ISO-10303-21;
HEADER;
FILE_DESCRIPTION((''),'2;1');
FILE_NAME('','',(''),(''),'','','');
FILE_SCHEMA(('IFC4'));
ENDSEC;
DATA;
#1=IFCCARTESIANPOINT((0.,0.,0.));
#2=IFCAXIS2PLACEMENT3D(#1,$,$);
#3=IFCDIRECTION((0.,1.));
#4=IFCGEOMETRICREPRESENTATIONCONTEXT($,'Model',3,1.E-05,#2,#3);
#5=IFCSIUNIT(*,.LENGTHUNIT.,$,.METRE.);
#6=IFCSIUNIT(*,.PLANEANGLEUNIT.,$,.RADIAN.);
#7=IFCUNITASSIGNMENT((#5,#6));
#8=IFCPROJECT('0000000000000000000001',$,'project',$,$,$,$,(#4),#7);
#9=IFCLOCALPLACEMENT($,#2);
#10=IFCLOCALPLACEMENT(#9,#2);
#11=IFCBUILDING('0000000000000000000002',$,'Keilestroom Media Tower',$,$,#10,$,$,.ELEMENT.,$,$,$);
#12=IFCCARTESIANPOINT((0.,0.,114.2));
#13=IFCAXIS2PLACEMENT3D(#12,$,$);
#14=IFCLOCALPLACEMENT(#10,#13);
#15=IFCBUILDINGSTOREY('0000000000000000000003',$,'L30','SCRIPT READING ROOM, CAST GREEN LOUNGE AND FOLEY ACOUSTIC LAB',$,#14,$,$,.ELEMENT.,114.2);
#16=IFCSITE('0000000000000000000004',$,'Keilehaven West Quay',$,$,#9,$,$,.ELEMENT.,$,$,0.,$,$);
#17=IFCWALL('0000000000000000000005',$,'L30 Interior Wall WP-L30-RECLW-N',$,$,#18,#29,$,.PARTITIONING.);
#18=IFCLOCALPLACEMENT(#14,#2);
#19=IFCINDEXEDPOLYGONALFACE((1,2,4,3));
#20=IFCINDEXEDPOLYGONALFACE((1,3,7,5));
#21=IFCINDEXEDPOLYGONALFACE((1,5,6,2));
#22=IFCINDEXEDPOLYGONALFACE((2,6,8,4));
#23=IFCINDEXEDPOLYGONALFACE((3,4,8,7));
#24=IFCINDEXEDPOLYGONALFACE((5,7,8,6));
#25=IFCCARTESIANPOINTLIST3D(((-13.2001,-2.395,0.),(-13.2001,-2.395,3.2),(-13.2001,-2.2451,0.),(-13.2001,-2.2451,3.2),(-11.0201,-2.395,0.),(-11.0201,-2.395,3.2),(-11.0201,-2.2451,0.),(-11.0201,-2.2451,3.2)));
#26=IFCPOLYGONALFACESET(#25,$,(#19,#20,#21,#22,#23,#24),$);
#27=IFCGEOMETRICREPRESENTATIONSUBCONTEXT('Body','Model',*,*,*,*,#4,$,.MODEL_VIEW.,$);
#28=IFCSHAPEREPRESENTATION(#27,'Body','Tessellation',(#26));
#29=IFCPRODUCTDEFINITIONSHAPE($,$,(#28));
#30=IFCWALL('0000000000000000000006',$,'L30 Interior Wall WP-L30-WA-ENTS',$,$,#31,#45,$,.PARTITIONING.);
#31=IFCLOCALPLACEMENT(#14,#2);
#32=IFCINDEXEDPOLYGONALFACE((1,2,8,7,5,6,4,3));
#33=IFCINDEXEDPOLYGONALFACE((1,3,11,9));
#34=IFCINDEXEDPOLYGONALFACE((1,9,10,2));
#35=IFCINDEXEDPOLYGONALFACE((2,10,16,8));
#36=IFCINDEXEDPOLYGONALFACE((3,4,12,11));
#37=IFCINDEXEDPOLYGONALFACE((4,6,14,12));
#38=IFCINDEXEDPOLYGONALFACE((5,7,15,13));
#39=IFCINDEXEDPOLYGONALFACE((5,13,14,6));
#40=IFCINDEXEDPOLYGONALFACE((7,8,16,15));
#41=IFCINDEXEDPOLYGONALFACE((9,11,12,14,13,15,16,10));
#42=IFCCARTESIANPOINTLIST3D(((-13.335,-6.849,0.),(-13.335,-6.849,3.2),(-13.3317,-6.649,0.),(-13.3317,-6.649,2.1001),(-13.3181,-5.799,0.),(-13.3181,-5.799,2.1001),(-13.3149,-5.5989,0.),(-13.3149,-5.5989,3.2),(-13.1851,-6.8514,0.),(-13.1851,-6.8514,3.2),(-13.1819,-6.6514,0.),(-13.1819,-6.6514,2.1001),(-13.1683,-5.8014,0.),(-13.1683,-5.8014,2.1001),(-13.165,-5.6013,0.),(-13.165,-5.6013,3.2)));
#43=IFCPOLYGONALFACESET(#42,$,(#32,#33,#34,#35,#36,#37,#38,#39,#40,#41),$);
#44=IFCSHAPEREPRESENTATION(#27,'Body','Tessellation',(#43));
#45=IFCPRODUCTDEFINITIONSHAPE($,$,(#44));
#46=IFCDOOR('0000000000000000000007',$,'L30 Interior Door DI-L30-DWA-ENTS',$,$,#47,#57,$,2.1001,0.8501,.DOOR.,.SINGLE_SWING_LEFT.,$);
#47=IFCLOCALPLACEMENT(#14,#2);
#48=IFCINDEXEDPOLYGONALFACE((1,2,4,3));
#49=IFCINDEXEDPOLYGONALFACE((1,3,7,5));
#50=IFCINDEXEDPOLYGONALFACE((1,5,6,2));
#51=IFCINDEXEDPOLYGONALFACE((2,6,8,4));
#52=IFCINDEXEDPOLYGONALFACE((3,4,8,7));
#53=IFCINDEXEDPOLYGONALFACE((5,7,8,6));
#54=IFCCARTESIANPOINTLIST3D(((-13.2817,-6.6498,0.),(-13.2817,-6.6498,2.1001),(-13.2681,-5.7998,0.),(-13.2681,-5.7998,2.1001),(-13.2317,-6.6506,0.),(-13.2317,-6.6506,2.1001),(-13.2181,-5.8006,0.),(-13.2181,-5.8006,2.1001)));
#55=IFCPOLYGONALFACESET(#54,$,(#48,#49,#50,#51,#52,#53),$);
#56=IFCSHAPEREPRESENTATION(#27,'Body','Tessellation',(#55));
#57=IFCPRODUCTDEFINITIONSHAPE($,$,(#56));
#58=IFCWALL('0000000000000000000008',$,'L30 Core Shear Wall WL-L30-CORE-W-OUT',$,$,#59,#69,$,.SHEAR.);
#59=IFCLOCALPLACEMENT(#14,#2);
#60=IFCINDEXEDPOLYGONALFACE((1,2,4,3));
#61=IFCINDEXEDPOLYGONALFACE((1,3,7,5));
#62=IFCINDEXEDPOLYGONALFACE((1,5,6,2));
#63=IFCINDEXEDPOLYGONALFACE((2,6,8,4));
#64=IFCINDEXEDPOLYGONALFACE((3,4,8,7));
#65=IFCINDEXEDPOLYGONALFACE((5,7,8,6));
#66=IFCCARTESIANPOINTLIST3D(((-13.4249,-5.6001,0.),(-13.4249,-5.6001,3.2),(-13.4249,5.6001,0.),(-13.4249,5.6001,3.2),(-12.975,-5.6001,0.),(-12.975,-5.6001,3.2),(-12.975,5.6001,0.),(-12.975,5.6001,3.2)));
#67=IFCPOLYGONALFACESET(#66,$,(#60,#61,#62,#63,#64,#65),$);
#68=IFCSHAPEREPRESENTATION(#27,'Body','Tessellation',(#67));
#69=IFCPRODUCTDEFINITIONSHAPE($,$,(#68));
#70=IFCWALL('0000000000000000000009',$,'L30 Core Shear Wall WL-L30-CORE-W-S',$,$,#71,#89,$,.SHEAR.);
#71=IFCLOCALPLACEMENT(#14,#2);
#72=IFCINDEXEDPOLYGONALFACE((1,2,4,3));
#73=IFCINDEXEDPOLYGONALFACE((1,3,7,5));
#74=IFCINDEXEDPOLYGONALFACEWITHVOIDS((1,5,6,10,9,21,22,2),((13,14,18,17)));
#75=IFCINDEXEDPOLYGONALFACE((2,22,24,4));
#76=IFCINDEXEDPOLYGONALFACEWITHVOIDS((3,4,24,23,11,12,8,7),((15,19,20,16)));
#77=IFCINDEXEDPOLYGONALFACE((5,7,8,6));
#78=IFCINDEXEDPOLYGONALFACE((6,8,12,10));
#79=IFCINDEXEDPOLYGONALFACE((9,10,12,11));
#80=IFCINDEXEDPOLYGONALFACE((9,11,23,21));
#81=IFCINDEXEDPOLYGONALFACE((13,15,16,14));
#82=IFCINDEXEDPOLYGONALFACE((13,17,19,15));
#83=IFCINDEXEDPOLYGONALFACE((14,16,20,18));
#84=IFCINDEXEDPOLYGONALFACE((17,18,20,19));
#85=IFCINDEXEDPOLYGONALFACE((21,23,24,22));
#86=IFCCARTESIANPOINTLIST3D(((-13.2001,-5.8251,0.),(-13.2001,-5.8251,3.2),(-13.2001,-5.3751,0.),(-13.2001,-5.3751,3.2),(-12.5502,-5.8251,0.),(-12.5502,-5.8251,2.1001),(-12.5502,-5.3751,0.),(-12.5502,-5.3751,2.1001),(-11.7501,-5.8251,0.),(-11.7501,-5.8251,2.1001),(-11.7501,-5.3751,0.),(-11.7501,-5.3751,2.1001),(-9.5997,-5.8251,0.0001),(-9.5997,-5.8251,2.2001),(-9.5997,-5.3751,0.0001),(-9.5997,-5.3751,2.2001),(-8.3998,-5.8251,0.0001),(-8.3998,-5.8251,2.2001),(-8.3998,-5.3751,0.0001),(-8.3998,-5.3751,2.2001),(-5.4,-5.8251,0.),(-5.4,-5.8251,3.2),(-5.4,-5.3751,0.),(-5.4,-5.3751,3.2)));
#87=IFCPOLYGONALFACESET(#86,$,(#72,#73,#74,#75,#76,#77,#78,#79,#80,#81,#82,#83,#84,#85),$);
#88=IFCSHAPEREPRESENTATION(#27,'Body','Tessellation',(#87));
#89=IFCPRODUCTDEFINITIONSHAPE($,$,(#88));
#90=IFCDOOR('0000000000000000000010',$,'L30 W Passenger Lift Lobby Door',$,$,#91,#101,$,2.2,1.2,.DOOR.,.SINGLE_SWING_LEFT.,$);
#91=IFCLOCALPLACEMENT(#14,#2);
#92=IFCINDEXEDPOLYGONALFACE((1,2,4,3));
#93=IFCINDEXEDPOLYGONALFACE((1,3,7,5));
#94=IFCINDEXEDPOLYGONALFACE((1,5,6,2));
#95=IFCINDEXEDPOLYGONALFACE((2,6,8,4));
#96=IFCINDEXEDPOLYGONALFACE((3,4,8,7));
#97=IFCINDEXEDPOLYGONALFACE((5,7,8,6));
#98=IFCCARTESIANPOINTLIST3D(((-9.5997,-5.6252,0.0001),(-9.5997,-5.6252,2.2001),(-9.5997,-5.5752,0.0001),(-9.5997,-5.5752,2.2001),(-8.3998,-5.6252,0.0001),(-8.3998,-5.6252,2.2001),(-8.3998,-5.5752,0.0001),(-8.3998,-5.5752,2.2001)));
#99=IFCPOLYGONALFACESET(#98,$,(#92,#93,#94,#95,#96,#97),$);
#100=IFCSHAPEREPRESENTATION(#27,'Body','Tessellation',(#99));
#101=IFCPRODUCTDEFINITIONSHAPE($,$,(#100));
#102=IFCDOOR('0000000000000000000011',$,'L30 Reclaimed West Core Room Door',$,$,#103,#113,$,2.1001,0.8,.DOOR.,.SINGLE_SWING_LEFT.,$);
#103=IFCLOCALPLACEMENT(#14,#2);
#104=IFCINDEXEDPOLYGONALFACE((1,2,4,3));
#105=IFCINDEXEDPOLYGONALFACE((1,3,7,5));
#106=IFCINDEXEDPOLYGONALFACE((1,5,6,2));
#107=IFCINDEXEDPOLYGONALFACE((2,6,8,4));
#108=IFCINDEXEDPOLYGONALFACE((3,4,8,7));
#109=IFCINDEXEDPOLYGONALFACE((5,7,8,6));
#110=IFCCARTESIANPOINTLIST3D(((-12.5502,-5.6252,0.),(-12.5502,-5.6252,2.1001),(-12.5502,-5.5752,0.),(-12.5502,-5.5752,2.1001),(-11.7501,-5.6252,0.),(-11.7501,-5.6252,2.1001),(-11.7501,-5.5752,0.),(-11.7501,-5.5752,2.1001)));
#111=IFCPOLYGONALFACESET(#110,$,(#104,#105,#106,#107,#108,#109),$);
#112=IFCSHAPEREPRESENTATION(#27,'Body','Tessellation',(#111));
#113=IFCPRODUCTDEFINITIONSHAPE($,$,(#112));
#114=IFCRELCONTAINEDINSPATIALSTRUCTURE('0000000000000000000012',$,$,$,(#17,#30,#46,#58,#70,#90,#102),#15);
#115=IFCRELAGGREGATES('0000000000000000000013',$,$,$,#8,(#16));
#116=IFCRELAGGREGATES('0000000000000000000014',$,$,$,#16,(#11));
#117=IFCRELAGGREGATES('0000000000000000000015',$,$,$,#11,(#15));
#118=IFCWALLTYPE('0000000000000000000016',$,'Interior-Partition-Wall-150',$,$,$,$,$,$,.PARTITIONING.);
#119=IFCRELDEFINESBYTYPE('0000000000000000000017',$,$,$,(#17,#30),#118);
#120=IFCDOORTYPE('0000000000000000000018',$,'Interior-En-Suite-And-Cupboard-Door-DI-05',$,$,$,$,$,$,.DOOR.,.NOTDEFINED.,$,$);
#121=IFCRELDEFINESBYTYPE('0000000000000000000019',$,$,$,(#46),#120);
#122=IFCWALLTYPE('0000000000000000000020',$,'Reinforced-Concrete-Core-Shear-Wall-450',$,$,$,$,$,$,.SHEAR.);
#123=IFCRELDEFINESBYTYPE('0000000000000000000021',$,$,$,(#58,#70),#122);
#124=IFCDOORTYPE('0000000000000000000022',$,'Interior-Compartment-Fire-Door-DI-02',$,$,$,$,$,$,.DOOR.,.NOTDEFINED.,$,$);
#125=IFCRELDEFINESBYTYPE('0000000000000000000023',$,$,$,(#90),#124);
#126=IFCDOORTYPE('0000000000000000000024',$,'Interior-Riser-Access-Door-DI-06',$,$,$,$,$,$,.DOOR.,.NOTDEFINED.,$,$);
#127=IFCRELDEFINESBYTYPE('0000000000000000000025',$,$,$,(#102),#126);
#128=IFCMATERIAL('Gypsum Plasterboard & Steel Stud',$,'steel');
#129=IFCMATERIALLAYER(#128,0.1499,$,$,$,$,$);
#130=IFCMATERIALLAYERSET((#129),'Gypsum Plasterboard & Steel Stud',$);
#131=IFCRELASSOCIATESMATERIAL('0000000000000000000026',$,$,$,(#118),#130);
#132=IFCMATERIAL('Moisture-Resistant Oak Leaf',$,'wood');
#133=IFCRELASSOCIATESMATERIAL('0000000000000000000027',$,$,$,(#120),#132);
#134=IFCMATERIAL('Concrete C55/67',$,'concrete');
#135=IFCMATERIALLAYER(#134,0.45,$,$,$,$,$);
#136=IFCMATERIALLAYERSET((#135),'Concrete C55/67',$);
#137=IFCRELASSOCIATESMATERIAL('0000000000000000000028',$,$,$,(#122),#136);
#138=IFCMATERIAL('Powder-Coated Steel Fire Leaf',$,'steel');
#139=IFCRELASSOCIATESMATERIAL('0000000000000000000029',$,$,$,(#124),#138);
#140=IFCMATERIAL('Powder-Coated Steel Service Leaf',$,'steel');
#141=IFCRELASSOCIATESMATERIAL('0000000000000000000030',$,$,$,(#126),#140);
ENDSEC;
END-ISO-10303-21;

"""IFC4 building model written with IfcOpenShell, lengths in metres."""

from ifc_helpers import new_model, si_unit, direction, frame, frame_2d, origin, place, context, subcontext, project, spatial, rectangle, extrude, source, transform, mapped, material, layer, layer_set, type_object, element, fill, save


model = new_model("IFC4")

# Units and contexts
model_context = context("Model", 3, precision=1e-05, world=origin(), true_north=direction((0.0, 1.0)))
body_context = subcontext(model_context, "Body", "Model", "MODEL_VIEW")
ifc_project = project(units=[si_unit("LENGTHUNIT", "METRE"), si_unit("PLANEANGLEUNIT", "RADIAN")], contexts=[model_context])

# Site, building, storey
site_placement = place(None, origin())
site = spatial("IfcSite", under=ifc_project, at=site_placement, Name="Keilehaven West Quay", CompositionType="ELEMENT", RefElevation=0.0)
building_placement = place(site_placement, origin())
building = spatial("IfcBuilding", under=site, at=building_placement, Name="Keilestroom Media Tower", CompositionType="ELEMENT")
storey_placement = place(building_placement, frame((0.0, 0.0, 114.2)))
storey = spatial("IfcBuildingStorey", under=building, at=storey_placement, Name="L30", Description="SCRIPT READING ROOM, CAST GREEN LOUNGE AND FOLEY ACOUSTIC LAB", CompositionType="ELEMENT", Elevation=114.2)

# Wall
ifc_material_1 = material(Name="Gypsum Plasterboard & Steel Stud", Category="steel")
ifc_layer_1 = layer(ifc_material_1, 0.1499)
ifc_layer_set_1 = layer_set([ifc_layer_1], Name="Gypsum Plasterboard & Steel Stud")
wall_type_1 = type_object("IfcWallType", Name="Interior-Partition-Wall-150", PredefinedType="PARTITIONING", material=ifc_layer_set_1)
wall_1_placement = place(storey_placement, frame((-13.2, -2.3201, 0.0), z_axis=(0.0, 0.0, 1.0), x_axis=(1.0, 0.0, 0.0)))
element("IfcWall", 1, at=wall_1_placement, inside=storey, type_object=wall_type_1, Name="L30 Interior Wall WP-L30-RECLW-N", PredefinedType="PARTITIONING", context=body_context, shape_type="SweptSolid", body=[
    extrude(rectangle(XDim=2.1799, YDim=0.1499, at=frame_2d((1.0898, 0.0))), origin(), (0.0, 0.0, 1.0), 3.2),
])

# Wall, opening, door
wall_2_placement = place(storey_placement, frame((-13.26, -6.8501, 0.0), z_axis=(0.0, 0.0, 1.0), x_axis=(0.016014, 0.999872, 0.0)))
wall_2 = element("IfcWall", 2, at=wall_2_placement, inside=storey, type_object=wall_type_1, Name="L30 Interior Wall WP-L30-WA-ENTS", PredefinedType="PARTITIONING", context=body_context, shape_type="SweptSolid", body=[
    extrude(rectangle(XDim=1.2502, YDim=0.1499, at=frame_2d((0.625, 0.0))), origin(), (0.0, 0.0, 1.0), 3.2),
])
opening_1_placement = place(wall_2_placement, frame((0.2, 0.0, 0.0)))
opening_1 = element("IfcOpeningElement", 3, at=opening_1_placement, cuts=wall_2, PredefinedType="OPENING", context=body_context, shape_type="SweptSolid", body=[
    extrude(rectangle(XDim=0.8501, YDim=2.1001, at=frame_2d((0.425, 1.05))), frame((0.0, 0.085, 0.0), z_axis=(0.0, -1.0, 0.0), x_axis=(1.0, 0.0, 0.0)), (0.0, 0.0, 1.0), 0.1699),
])
ifc_material_2 = material(Name="Moisture-Resistant Oak Leaf", Category="wood")
door_type_1 = type_object("IfcDoorType", Name="Interior-En-Suite-And-Cupboard-Door-DI-05", OperationType="NOTDEFINED", PredefinedType="DOOR", material=ifc_material_2)
shared_shape_1 = source(origin(), body_context, "Body", "SweptSolid", [
    extrude(rectangle(XDim=0.8501, YDim=2.1001, at=frame_2d((0.425, 1.05))), frame((0.0, 0.0249, 0.0), z_axis=(0.0, -1.0, 0.0), x_axis=(1.0, 0.0, 0.0)), (0.0, 0.0, 1.0), 0.05),
])
door_1_placement = place(opening_1_placement, origin())
door_1 = element("IfcDoor", 4, at=door_1_placement, inside=storey, type_object=door_type_1, Name="L30 Interior Door DI-L30-DWA-ENTS", OperationType="SINGLE_SWING_LEFT", OverallHeight=2.1001, OverallWidth=0.8501, PredefinedType="DOOR", context=body_context, shape_type="MappedRepresentation", body=[
    mapped(shared_shape_1, transform((0.0, 0.0, 0.0), x_axis=(1.0, 0.0, 0.0), y_axis=(0.0, 1.0, 0.0), z_axis=(0.0, 0.0, 1.0), scale=1.0)),
])
fill(opening_1, door_1)

# Wall
ifc_material_3 = material(Name="Concrete C55/67", Category="concrete")
ifc_layer_2 = layer(ifc_material_3, 0.45)
ifc_layer_set_2 = layer_set([ifc_layer_2], Name="Concrete C55/67")
wall_type_2 = type_object("IfcWallType", Name="Reinforced-Concrete-Core-Shear-Wall-450", PredefinedType="SHEAR", material=ifc_layer_set_2)
wall_3_placement = place(storey_placement, frame((-13.2, -5.6001, 0.0), z_axis=(0.0, 0.0, 1.0), x_axis=(0.0, 1.0, 0.0)))
element("IfcWall", 5, at=wall_3_placement, inside=storey, type_object=wall_type_2, Name="L30 Core Shear Wall WL-L30-CORE-W-OUT", PredefinedType="SHEAR", context=body_context, shape_type="SweptSolid", body=[
    extrude(rectangle(XDim=11.2002, YDim=0.45, at=frame_2d((5.6001, 0.0))), origin(), (0.0, 0.0, 1.0), 3.2),
])

# Wall, openings, doors
wall_4_placement = place(storey_placement, frame((-13.2, -5.6001, 0.0), z_axis=(0.0, 0.0, 1.0), x_axis=(1.0, 0.0, 0.0)))
wall_4 = element("IfcWall", 6, at=wall_4_placement, inside=storey, type_object=wall_type_2, Name="L30 Core Shear Wall WL-L30-CORE-W-S", PredefinedType="SHEAR", context=body_context, shape_type="SweptSolid", body=[
    extrude(rectangle(XDim=7.8, YDim=0.45, at=frame_2d((3.8999, 0.0))), origin(), (0.0, 0.0, 1.0), 3.2),
])
opening_2_placement = place(wall_4_placement, frame((3.6001, 0.0, 0.0)))
opening_2 = element("IfcOpeningElement", 7, at=opening_2_placement, cuts=wall_4, PredefinedType="OPENING", context=body_context, shape_type="SweptSolid", body=[
    extrude(rectangle(XDim=1.2, YDim=2.2, at=frame_2d((0.6001, 1.1001))), frame((0.0, 0.2349, 0.0), z_axis=(0.0, -1.0, 0.0), x_axis=(1.0, 0.0, 0.0)), (0.0, 0.0, 1.0), 0.47),
])
opening_3_placement = place(wall_4_placement, frame((0.6499, 0.0, 0.0)))
opening_3 = element("IfcOpeningElement", 8, at=opening_3_placement, cuts=wall_4, PredefinedType="OPENING", context=body_context, shape_type="SweptSolid", body=[
    extrude(rectangle(XDim=0.8, YDim=2.1001, at=frame_2d((0.3999, 1.05))), frame((0.0, 0.2349, 0.0), z_axis=(0.0, -1.0, 0.0), x_axis=(1.0, 0.0, 0.0)), (0.0, 0.0, 1.0), 0.47),
])
ifc_material_4 = material(Name="Powder-Coated Steel Fire Leaf", Category="steel")
door_type_2 = type_object("IfcDoorType", Name="Interior-Compartment-Fire-Door-DI-02", OperationType="NOTDEFINED", PredefinedType="DOOR", material=ifc_material_4)
shared_shape_2 = source(origin(), body_context, "Body", "SweptSolid", [
    extrude(rectangle(XDim=1.2, YDim=2.2, at=frame_2d((0.6001, 1.1001))), frame((0.0, 0.0249, 0.0), z_axis=(0.0, -1.0, 0.0), x_axis=(1.0, 0.0, 0.0)), (0.0, 0.0, 1.0), 0.05),
])
door_2_placement = place(opening_2_placement, origin())
door_2 = element("IfcDoor", 9, at=door_2_placement, inside=storey, type_object=door_type_2, Name="L30 W Passenger Lift Lobby Door", OperationType="SINGLE_SWING_LEFT", OverallHeight=2.2, OverallWidth=1.2, PredefinedType="DOOR", context=body_context, shape_type="MappedRepresentation", body=[
    mapped(shared_shape_2, transform((0.0, 0.0, 0.0), x_axis=(1.0, 0.0, 0.0), y_axis=(0.0, 1.0, 0.0), z_axis=(0.0, 0.0, 1.0), scale=1.0)),
])
fill(opening_2, door_2)
ifc_material_5 = material(Name="Powder-Coated Steel Service Leaf", Category="steel")
door_type_3 = type_object("IfcDoorType", Name="Interior-Riser-Access-Door-DI-06", OperationType="NOTDEFINED", PredefinedType="DOOR", material=ifc_material_5)
shared_shape_3 = source(origin(), body_context, "Body", "SweptSolid", [
    extrude(rectangle(XDim=0.8, YDim=2.1001, at=frame_2d((0.3999, 1.05))), frame((0.0, 0.0249, 0.0), z_axis=(0.0, -1.0, 0.0), x_axis=(1.0, 0.0, 0.0)), (0.0, 0.0, 1.0), 0.05),
])
door_3_placement = place(opening_3_placement, origin())
door_3 = element("IfcDoor", 10, at=door_3_placement, inside=storey, type_object=door_type_3, Name="L30 Reclaimed West Core Room Door", OperationType="SINGLE_SWING_LEFT", OverallHeight=2.1001, OverallWidth=0.8, PredefinedType="DOOR", context=body_context, shape_type="MappedRepresentation", body=[
    mapped(shared_shape_3, transform((0.0, 0.0, 0.0), x_axis=(1.0, 0.0, 0.0), y_axis=(0.0, 1.0, 0.0), z_axis=(0.0, 0.0, 1.0), scale=1.0)),
])
fill(opening_3, door_3)

save(model, "model.ifc")
